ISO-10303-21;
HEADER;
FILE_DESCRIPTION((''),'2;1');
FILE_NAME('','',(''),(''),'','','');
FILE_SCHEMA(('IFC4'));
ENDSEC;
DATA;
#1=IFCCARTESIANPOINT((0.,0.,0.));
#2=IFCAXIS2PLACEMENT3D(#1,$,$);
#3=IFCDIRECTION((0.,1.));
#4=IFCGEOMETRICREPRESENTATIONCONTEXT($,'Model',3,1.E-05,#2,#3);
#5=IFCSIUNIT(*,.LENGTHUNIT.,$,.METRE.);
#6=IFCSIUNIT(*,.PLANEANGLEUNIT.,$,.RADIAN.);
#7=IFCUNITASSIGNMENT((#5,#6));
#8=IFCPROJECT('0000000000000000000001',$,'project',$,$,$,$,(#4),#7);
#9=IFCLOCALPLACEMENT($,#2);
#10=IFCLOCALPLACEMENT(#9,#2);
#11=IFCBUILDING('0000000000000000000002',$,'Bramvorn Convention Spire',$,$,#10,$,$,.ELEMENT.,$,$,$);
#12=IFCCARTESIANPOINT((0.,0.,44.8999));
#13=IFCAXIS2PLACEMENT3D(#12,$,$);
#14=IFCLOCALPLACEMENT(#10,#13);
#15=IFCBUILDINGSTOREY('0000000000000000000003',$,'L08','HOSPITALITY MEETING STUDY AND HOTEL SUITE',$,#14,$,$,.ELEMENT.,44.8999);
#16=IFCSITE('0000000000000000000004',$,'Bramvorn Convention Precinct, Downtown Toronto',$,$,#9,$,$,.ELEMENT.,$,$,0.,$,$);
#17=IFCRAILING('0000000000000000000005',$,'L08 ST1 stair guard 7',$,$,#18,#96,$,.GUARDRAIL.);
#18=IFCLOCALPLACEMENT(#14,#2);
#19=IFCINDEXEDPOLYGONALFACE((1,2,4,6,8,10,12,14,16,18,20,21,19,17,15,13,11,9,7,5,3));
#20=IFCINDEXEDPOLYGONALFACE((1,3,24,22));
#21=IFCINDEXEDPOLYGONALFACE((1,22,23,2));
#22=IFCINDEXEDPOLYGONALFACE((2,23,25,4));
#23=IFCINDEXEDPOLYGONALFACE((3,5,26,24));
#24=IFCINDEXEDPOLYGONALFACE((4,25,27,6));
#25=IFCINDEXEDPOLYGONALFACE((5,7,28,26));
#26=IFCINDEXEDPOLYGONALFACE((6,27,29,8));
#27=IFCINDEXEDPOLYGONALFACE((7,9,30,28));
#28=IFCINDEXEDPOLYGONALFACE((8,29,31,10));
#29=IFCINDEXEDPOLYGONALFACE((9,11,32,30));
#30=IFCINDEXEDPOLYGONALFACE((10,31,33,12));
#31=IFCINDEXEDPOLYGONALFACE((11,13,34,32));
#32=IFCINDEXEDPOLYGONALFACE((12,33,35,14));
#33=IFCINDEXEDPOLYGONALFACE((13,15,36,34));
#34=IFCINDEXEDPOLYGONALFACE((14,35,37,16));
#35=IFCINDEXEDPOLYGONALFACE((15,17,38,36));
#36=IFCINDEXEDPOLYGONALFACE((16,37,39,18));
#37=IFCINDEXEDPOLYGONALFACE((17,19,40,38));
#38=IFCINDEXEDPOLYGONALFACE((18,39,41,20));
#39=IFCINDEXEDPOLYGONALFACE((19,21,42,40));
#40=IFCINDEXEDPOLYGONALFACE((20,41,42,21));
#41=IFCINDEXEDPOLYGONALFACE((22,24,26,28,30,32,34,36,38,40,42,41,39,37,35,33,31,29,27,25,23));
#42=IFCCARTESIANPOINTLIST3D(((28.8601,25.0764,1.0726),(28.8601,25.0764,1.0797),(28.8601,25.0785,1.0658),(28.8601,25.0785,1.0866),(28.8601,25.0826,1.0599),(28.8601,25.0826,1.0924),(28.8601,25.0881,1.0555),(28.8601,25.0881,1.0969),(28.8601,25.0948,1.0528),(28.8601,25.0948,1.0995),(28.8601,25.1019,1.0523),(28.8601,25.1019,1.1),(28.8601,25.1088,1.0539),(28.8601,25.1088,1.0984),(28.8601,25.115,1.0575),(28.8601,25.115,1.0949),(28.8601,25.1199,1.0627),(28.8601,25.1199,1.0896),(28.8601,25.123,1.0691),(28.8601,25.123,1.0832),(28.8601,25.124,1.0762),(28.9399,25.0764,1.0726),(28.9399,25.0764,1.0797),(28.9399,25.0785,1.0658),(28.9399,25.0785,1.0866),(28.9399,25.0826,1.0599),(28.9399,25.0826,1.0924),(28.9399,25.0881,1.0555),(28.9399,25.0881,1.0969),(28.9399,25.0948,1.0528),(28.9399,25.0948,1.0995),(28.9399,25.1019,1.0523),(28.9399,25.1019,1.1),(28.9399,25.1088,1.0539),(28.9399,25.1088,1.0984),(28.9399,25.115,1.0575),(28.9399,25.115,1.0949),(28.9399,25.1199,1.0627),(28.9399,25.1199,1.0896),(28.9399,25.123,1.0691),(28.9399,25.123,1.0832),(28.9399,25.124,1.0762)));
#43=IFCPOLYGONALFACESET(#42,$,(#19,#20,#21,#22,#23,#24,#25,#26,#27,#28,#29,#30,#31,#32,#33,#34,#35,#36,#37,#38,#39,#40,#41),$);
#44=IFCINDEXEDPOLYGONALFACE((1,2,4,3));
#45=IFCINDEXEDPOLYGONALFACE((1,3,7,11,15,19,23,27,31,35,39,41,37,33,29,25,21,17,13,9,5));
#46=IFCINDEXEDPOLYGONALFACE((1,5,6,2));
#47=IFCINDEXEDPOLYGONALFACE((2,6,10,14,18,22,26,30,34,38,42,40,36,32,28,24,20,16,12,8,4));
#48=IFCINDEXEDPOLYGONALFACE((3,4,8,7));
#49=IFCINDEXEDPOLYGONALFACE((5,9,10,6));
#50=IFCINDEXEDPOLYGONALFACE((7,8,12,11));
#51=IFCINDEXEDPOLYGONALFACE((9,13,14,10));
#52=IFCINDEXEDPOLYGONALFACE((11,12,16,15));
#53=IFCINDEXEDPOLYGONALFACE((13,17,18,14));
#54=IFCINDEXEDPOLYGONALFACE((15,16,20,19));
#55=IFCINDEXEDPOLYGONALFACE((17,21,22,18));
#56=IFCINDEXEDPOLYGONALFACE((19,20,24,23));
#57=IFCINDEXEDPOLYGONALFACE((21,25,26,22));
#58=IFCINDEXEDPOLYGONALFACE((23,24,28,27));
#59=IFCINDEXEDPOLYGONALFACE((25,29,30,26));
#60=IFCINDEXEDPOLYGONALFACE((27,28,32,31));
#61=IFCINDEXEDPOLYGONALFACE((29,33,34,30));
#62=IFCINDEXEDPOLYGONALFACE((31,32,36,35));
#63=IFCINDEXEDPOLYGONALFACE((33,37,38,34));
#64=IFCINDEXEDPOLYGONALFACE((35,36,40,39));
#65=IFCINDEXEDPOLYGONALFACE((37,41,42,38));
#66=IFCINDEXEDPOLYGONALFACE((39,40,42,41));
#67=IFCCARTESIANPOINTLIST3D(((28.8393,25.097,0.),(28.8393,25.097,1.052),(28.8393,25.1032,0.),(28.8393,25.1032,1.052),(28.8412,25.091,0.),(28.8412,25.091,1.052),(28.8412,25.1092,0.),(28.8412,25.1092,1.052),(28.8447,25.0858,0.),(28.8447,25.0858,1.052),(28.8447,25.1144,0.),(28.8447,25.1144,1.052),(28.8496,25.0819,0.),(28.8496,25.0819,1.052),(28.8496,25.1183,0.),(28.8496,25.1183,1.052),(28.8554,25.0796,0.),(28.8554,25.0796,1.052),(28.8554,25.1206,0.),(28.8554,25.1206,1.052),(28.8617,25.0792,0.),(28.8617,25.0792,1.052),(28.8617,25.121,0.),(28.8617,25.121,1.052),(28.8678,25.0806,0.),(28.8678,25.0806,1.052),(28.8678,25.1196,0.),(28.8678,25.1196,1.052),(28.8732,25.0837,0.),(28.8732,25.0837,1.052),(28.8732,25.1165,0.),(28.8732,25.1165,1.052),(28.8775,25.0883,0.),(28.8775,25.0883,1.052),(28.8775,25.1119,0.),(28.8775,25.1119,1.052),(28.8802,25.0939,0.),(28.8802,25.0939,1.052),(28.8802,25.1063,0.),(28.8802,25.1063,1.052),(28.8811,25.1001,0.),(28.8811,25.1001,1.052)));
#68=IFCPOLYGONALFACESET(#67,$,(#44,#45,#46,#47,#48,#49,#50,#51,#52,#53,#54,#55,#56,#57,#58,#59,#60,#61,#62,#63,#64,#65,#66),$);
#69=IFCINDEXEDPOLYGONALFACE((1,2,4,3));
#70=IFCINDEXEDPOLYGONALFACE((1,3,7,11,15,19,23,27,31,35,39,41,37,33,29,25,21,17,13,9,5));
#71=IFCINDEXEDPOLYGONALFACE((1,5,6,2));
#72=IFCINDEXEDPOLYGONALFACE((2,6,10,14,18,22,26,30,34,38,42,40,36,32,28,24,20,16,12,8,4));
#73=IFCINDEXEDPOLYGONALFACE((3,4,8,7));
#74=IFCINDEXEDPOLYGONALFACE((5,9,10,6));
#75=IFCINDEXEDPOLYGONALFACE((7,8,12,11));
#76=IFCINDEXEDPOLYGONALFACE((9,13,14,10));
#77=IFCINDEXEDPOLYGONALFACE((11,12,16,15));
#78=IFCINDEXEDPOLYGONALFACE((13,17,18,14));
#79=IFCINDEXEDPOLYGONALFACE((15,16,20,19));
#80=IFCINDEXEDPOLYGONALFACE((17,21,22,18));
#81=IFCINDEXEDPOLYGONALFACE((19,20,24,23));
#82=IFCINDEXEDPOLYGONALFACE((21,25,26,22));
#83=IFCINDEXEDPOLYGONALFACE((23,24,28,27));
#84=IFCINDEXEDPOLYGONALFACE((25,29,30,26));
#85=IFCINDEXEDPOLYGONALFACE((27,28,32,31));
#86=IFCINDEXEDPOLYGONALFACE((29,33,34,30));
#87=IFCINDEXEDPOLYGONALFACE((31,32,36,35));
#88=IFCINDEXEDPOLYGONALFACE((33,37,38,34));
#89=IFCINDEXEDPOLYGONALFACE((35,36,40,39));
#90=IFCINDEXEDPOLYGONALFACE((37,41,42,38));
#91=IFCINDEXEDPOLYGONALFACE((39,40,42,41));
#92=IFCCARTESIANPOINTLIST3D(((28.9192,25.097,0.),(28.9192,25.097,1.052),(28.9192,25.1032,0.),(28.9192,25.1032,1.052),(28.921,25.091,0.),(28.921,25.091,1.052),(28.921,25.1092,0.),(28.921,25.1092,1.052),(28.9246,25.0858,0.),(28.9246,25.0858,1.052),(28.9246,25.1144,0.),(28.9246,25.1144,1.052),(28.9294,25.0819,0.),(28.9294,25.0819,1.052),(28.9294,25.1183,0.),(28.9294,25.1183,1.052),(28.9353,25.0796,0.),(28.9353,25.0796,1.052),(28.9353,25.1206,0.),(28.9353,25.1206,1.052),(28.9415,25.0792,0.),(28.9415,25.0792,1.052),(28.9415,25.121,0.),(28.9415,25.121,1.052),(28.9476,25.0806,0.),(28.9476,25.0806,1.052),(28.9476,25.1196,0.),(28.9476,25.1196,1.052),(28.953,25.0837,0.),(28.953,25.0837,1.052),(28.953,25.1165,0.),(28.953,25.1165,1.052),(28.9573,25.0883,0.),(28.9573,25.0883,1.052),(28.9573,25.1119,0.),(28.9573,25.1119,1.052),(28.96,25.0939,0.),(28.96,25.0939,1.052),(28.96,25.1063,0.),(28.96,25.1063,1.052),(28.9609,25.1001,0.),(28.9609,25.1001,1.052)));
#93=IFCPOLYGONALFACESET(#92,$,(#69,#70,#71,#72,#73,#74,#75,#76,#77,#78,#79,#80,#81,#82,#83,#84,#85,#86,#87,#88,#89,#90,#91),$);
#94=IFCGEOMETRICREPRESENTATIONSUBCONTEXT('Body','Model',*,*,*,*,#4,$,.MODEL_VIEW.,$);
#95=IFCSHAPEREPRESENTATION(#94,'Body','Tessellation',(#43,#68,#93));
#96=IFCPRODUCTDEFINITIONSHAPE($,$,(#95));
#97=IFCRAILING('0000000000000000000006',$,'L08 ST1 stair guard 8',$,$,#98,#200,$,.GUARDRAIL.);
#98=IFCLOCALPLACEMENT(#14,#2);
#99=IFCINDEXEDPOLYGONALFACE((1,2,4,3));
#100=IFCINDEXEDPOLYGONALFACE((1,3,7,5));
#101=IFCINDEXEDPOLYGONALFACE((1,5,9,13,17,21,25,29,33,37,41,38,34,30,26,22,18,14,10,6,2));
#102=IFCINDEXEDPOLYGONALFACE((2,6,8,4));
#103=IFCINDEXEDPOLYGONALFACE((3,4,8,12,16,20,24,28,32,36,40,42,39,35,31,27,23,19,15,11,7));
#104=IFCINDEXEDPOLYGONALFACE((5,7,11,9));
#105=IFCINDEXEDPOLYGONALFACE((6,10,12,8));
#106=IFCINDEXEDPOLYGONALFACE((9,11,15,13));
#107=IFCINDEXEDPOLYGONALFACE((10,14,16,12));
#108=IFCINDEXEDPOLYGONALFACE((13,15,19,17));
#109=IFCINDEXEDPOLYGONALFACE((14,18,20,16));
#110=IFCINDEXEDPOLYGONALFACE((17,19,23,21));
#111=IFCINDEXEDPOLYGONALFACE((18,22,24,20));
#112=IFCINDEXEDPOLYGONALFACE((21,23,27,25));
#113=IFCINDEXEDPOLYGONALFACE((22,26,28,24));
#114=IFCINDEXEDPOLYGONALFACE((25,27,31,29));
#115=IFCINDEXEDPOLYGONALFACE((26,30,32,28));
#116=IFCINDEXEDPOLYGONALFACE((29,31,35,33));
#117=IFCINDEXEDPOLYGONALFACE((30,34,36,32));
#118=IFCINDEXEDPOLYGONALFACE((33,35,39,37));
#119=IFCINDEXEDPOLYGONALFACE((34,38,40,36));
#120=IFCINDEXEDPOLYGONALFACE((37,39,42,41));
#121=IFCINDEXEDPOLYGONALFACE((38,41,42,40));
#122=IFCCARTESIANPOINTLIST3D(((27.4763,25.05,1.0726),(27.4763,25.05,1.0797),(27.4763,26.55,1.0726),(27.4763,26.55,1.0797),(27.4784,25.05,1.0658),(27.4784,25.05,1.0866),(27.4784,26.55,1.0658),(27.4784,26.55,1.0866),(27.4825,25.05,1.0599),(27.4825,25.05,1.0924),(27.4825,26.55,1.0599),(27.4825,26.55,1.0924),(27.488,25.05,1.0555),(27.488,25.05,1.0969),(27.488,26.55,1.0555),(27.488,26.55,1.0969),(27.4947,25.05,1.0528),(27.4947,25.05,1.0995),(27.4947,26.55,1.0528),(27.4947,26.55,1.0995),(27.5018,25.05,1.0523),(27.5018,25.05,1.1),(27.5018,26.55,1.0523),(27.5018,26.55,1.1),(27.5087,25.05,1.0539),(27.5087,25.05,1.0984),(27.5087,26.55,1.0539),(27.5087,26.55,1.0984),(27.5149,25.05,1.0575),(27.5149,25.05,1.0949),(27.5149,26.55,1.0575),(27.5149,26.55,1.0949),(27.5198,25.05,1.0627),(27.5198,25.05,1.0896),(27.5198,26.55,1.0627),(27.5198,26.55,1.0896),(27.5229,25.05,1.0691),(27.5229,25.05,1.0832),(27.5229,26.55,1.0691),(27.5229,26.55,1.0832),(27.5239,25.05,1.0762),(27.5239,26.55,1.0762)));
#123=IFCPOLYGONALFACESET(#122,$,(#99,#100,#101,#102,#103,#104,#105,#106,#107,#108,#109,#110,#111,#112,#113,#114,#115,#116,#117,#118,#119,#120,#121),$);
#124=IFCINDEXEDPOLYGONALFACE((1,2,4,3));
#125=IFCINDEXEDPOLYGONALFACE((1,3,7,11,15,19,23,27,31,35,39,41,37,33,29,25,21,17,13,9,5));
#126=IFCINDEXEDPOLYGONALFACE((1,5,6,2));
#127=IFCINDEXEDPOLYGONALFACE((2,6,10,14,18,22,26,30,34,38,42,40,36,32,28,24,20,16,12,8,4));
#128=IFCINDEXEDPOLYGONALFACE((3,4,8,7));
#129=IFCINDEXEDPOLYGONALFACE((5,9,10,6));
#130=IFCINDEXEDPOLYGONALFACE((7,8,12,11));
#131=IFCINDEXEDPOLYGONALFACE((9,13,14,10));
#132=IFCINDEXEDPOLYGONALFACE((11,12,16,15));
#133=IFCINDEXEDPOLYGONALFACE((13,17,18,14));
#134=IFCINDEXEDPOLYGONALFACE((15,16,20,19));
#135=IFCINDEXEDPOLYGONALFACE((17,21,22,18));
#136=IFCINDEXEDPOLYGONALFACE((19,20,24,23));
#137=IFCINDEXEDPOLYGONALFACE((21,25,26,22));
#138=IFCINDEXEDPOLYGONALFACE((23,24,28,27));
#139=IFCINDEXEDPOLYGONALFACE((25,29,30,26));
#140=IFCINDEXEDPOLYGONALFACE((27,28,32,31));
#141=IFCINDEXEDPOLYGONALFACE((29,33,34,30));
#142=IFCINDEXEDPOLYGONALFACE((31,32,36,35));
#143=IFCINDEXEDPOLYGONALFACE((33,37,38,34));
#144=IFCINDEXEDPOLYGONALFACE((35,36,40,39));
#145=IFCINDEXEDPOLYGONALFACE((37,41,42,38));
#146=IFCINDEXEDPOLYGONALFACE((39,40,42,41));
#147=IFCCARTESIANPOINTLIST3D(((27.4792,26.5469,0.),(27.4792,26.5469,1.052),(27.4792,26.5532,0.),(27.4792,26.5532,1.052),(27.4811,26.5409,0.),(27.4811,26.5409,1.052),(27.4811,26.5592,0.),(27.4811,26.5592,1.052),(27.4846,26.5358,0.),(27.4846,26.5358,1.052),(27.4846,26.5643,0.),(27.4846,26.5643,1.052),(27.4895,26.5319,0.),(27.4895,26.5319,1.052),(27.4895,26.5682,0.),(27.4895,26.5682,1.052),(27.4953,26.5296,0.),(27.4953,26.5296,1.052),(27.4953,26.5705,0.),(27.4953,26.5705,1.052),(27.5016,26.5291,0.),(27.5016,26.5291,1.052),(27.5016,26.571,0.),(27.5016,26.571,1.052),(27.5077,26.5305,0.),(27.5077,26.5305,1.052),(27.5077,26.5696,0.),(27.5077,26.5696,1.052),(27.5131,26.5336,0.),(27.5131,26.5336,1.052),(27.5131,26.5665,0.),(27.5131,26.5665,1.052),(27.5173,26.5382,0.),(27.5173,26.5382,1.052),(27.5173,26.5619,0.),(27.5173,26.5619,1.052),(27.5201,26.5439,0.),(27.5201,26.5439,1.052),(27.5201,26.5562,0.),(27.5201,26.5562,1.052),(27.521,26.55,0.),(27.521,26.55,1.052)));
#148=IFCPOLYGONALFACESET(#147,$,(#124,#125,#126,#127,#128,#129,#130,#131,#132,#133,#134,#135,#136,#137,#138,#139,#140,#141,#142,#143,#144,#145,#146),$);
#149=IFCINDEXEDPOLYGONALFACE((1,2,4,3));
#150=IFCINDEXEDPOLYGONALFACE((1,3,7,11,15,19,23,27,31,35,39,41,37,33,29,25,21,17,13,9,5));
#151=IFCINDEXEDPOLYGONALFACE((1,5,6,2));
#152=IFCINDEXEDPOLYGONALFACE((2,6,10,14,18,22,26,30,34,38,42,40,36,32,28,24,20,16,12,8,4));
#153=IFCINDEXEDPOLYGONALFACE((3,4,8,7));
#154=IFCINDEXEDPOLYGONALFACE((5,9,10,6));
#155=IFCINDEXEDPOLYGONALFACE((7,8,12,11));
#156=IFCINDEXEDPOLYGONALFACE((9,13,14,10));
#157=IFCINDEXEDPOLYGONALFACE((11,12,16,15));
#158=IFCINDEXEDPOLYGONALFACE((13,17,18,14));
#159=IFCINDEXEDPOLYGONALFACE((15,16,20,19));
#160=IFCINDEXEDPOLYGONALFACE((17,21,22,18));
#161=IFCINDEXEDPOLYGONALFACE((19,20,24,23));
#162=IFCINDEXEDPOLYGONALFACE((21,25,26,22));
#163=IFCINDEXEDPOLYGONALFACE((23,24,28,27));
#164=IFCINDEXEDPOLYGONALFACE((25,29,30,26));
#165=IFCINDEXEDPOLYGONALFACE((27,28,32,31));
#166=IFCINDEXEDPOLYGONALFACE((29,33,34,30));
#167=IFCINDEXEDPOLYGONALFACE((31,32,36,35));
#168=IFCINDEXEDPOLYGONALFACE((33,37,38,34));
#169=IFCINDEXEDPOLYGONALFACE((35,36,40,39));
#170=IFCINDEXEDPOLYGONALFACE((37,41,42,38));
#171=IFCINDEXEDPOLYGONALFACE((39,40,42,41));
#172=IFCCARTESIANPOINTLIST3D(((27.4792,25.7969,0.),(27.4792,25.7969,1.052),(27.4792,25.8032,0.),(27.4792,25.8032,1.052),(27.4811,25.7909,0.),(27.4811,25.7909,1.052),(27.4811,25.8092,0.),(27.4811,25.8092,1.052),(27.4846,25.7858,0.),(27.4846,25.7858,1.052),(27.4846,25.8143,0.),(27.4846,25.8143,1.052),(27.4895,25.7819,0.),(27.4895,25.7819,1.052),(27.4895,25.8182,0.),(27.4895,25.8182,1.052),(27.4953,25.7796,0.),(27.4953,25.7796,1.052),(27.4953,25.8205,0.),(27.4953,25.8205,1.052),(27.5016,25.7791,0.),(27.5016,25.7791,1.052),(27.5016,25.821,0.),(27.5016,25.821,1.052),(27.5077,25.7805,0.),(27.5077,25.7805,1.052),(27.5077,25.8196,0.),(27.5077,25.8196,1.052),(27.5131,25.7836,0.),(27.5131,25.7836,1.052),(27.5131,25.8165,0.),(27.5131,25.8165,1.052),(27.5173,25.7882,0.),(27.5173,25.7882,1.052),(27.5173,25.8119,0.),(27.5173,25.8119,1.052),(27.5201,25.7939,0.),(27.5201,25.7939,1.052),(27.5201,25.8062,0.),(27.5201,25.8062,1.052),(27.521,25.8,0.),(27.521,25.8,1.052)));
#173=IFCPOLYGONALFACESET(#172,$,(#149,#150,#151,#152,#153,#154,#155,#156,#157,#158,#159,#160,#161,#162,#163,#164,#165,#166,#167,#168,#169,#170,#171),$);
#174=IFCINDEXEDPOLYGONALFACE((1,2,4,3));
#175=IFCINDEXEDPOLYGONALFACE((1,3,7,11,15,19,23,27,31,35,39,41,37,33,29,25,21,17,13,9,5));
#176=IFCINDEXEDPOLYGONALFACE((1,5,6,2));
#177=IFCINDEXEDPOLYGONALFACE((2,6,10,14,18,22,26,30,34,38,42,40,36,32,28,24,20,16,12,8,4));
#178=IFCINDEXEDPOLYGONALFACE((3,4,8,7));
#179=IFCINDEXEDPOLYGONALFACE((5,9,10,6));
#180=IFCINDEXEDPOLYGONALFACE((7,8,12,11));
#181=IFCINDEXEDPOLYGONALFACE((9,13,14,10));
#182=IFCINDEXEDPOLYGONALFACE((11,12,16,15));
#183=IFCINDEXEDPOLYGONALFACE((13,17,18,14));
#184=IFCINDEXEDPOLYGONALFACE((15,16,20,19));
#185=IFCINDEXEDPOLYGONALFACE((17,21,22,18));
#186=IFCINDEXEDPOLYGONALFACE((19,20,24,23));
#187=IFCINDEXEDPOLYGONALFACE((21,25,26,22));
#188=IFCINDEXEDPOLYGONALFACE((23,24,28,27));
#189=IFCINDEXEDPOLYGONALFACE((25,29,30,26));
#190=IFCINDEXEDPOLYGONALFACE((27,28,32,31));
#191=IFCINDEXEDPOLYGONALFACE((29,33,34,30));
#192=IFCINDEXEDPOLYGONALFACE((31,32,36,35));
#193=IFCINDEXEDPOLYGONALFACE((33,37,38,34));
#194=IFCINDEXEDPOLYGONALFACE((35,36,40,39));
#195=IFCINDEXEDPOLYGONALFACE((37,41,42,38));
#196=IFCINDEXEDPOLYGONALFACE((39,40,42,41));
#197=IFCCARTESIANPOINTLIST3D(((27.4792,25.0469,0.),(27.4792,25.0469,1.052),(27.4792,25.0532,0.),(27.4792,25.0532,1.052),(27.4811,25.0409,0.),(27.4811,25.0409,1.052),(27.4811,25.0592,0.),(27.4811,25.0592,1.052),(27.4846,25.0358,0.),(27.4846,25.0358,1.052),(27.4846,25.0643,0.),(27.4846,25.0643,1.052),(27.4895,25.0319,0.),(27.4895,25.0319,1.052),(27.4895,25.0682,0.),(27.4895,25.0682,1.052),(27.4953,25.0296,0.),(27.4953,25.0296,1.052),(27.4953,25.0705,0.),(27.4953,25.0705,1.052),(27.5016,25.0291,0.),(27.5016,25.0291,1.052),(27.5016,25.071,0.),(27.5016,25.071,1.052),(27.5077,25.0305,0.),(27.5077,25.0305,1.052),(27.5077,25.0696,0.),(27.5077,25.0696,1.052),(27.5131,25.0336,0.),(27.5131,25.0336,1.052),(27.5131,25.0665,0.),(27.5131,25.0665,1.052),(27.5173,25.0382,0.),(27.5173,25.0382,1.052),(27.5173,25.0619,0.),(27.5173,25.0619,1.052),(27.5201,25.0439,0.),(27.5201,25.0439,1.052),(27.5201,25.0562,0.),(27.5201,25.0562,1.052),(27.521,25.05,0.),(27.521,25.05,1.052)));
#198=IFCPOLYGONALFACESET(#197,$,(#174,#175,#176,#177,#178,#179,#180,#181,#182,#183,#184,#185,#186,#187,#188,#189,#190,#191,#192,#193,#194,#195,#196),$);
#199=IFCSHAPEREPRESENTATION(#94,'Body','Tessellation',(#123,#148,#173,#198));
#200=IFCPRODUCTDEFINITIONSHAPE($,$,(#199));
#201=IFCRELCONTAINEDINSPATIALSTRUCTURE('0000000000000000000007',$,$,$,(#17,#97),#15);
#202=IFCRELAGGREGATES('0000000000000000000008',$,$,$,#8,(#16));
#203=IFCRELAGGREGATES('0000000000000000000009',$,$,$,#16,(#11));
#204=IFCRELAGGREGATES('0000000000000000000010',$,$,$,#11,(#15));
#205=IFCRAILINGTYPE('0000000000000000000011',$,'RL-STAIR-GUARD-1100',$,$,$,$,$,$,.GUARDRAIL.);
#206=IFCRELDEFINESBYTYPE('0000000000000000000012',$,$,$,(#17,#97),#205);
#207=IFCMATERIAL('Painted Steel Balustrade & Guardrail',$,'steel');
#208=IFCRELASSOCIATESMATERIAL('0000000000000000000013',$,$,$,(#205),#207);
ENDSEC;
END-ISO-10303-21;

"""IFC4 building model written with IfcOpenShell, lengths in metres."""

from ifc_helpers import new_model, si_unit, direction, frame, origin, origin_2d, place, context, subcontext, project, spatial, circle, extrude, material, type_object, element, save


model = new_model("IFC4")

# Units and contexts
model_context = context("Model", 3, precision=1e-05, world=origin(), true_north=direction((0.0, 1.0)))
body_context = subcontext(model_context, "Body", "Model", "MODEL_VIEW")
ifc_project = project(units=[si_unit("LENGTHUNIT", "METRE"), si_unit("PLANEANGLEUNIT", "RADIAN")], contexts=[model_context])

# Site, building, storey
site_placement = place(None, origin())
site = spatial("IfcSite", under=ifc_project, at=site_placement, Name="Bramvorn Convention Precinct, Downtown Toronto", CompositionType="ELEMENT", RefElevation=0.0)
building_placement = place(site_placement, origin())
building = spatial("IfcBuilding", under=site, at=building_placement, Name="Bramvorn Convention Spire", CompositionType="ELEMENT")
storey_placement = place(building_placement, frame((0.0, 0.0, 44.8999)))
storey = spatial("IfcBuildingStorey", under=building, at=storey_placement, Name="L08", Description="HOSPITALITY MEETING STUDY AND HOTEL SUITE", CompositionType="ELEMENT", Elevation=44.8999)

# Railings
ifc_material_1 = material(Name="Painted Steel Balustrade & Guardrail", Category="steel")
railing_type_1 = type_object("IfcRailingType", Name="RL-STAIR-GUARD-1100", PredefinedType="GUARDRAIL", material=ifc_material_1)
railing_1_placement = place(storey_placement, frame((28.8601, 25.1001, 0.0)))
element("IfcRailing", 1, at=railing_1_placement, inside=storey, type_object=railing_type_1, Name="L08 ST1 stair guard 7", PredefinedType="GUARDRAIL", context=body_context, shape_type="SweptSolid", body=[
    extrude(circle(Radius=0.0239, at=origin_2d()), frame((0.0, 0.0, 1.0762), z_axis=(1.0, 0.0, 0.0), x_axis=(0.0, 1.0, 0.0)), (0.0, 0.0, 1.0), 0.0798),
    extrude(circle(Radius=0.021, at=origin_2d()), origin(), (0.0, 0.0, 1.0), 1.052),
    extrude(circle(Radius=0.021, at=origin_2d()), frame((0.0798, 0.0, 0.0)), (0.0, 0.0, 1.0), 1.052),
])
for number, where, name in (
    (2, (27.5, 26.55, 0.0), "L08 ST1 stair guard 8"),
):
    element("IfcRailing", number, at=place(storey_placement, frame(where)), inside=storey, type_object=railing_type_1, Name=name, PredefinedType="GUARDRAIL", context=body_context, shape_type="SweptSolid", body=[
        extrude(circle(Radius=0.0239, at=origin_2d()), frame((0.0, 0.0, 1.0762), z_axis=(0.0, -1.0, 0.0), x_axis=(1.0, 0.0, 0.0)), (0.0, 0.0, 1.0), 1.5),
        extrude(circle(Radius=0.021, at=origin_2d()), origin(), (0.0, 0.0, 1.0), 1.052),
        extrude(circle(Radius=0.021, at=origin_2d()), frame((0.0, -0.75, 0.0)), (0.0, 0.0, 1.0), 1.052),
        extrude(circle(Radius=0.021, at=origin_2d()), frame((0.0, -1.5, 0.0)), (0.0, 0.0, 1.0), 1.052),
    ])

save(model, "model.ifc")
